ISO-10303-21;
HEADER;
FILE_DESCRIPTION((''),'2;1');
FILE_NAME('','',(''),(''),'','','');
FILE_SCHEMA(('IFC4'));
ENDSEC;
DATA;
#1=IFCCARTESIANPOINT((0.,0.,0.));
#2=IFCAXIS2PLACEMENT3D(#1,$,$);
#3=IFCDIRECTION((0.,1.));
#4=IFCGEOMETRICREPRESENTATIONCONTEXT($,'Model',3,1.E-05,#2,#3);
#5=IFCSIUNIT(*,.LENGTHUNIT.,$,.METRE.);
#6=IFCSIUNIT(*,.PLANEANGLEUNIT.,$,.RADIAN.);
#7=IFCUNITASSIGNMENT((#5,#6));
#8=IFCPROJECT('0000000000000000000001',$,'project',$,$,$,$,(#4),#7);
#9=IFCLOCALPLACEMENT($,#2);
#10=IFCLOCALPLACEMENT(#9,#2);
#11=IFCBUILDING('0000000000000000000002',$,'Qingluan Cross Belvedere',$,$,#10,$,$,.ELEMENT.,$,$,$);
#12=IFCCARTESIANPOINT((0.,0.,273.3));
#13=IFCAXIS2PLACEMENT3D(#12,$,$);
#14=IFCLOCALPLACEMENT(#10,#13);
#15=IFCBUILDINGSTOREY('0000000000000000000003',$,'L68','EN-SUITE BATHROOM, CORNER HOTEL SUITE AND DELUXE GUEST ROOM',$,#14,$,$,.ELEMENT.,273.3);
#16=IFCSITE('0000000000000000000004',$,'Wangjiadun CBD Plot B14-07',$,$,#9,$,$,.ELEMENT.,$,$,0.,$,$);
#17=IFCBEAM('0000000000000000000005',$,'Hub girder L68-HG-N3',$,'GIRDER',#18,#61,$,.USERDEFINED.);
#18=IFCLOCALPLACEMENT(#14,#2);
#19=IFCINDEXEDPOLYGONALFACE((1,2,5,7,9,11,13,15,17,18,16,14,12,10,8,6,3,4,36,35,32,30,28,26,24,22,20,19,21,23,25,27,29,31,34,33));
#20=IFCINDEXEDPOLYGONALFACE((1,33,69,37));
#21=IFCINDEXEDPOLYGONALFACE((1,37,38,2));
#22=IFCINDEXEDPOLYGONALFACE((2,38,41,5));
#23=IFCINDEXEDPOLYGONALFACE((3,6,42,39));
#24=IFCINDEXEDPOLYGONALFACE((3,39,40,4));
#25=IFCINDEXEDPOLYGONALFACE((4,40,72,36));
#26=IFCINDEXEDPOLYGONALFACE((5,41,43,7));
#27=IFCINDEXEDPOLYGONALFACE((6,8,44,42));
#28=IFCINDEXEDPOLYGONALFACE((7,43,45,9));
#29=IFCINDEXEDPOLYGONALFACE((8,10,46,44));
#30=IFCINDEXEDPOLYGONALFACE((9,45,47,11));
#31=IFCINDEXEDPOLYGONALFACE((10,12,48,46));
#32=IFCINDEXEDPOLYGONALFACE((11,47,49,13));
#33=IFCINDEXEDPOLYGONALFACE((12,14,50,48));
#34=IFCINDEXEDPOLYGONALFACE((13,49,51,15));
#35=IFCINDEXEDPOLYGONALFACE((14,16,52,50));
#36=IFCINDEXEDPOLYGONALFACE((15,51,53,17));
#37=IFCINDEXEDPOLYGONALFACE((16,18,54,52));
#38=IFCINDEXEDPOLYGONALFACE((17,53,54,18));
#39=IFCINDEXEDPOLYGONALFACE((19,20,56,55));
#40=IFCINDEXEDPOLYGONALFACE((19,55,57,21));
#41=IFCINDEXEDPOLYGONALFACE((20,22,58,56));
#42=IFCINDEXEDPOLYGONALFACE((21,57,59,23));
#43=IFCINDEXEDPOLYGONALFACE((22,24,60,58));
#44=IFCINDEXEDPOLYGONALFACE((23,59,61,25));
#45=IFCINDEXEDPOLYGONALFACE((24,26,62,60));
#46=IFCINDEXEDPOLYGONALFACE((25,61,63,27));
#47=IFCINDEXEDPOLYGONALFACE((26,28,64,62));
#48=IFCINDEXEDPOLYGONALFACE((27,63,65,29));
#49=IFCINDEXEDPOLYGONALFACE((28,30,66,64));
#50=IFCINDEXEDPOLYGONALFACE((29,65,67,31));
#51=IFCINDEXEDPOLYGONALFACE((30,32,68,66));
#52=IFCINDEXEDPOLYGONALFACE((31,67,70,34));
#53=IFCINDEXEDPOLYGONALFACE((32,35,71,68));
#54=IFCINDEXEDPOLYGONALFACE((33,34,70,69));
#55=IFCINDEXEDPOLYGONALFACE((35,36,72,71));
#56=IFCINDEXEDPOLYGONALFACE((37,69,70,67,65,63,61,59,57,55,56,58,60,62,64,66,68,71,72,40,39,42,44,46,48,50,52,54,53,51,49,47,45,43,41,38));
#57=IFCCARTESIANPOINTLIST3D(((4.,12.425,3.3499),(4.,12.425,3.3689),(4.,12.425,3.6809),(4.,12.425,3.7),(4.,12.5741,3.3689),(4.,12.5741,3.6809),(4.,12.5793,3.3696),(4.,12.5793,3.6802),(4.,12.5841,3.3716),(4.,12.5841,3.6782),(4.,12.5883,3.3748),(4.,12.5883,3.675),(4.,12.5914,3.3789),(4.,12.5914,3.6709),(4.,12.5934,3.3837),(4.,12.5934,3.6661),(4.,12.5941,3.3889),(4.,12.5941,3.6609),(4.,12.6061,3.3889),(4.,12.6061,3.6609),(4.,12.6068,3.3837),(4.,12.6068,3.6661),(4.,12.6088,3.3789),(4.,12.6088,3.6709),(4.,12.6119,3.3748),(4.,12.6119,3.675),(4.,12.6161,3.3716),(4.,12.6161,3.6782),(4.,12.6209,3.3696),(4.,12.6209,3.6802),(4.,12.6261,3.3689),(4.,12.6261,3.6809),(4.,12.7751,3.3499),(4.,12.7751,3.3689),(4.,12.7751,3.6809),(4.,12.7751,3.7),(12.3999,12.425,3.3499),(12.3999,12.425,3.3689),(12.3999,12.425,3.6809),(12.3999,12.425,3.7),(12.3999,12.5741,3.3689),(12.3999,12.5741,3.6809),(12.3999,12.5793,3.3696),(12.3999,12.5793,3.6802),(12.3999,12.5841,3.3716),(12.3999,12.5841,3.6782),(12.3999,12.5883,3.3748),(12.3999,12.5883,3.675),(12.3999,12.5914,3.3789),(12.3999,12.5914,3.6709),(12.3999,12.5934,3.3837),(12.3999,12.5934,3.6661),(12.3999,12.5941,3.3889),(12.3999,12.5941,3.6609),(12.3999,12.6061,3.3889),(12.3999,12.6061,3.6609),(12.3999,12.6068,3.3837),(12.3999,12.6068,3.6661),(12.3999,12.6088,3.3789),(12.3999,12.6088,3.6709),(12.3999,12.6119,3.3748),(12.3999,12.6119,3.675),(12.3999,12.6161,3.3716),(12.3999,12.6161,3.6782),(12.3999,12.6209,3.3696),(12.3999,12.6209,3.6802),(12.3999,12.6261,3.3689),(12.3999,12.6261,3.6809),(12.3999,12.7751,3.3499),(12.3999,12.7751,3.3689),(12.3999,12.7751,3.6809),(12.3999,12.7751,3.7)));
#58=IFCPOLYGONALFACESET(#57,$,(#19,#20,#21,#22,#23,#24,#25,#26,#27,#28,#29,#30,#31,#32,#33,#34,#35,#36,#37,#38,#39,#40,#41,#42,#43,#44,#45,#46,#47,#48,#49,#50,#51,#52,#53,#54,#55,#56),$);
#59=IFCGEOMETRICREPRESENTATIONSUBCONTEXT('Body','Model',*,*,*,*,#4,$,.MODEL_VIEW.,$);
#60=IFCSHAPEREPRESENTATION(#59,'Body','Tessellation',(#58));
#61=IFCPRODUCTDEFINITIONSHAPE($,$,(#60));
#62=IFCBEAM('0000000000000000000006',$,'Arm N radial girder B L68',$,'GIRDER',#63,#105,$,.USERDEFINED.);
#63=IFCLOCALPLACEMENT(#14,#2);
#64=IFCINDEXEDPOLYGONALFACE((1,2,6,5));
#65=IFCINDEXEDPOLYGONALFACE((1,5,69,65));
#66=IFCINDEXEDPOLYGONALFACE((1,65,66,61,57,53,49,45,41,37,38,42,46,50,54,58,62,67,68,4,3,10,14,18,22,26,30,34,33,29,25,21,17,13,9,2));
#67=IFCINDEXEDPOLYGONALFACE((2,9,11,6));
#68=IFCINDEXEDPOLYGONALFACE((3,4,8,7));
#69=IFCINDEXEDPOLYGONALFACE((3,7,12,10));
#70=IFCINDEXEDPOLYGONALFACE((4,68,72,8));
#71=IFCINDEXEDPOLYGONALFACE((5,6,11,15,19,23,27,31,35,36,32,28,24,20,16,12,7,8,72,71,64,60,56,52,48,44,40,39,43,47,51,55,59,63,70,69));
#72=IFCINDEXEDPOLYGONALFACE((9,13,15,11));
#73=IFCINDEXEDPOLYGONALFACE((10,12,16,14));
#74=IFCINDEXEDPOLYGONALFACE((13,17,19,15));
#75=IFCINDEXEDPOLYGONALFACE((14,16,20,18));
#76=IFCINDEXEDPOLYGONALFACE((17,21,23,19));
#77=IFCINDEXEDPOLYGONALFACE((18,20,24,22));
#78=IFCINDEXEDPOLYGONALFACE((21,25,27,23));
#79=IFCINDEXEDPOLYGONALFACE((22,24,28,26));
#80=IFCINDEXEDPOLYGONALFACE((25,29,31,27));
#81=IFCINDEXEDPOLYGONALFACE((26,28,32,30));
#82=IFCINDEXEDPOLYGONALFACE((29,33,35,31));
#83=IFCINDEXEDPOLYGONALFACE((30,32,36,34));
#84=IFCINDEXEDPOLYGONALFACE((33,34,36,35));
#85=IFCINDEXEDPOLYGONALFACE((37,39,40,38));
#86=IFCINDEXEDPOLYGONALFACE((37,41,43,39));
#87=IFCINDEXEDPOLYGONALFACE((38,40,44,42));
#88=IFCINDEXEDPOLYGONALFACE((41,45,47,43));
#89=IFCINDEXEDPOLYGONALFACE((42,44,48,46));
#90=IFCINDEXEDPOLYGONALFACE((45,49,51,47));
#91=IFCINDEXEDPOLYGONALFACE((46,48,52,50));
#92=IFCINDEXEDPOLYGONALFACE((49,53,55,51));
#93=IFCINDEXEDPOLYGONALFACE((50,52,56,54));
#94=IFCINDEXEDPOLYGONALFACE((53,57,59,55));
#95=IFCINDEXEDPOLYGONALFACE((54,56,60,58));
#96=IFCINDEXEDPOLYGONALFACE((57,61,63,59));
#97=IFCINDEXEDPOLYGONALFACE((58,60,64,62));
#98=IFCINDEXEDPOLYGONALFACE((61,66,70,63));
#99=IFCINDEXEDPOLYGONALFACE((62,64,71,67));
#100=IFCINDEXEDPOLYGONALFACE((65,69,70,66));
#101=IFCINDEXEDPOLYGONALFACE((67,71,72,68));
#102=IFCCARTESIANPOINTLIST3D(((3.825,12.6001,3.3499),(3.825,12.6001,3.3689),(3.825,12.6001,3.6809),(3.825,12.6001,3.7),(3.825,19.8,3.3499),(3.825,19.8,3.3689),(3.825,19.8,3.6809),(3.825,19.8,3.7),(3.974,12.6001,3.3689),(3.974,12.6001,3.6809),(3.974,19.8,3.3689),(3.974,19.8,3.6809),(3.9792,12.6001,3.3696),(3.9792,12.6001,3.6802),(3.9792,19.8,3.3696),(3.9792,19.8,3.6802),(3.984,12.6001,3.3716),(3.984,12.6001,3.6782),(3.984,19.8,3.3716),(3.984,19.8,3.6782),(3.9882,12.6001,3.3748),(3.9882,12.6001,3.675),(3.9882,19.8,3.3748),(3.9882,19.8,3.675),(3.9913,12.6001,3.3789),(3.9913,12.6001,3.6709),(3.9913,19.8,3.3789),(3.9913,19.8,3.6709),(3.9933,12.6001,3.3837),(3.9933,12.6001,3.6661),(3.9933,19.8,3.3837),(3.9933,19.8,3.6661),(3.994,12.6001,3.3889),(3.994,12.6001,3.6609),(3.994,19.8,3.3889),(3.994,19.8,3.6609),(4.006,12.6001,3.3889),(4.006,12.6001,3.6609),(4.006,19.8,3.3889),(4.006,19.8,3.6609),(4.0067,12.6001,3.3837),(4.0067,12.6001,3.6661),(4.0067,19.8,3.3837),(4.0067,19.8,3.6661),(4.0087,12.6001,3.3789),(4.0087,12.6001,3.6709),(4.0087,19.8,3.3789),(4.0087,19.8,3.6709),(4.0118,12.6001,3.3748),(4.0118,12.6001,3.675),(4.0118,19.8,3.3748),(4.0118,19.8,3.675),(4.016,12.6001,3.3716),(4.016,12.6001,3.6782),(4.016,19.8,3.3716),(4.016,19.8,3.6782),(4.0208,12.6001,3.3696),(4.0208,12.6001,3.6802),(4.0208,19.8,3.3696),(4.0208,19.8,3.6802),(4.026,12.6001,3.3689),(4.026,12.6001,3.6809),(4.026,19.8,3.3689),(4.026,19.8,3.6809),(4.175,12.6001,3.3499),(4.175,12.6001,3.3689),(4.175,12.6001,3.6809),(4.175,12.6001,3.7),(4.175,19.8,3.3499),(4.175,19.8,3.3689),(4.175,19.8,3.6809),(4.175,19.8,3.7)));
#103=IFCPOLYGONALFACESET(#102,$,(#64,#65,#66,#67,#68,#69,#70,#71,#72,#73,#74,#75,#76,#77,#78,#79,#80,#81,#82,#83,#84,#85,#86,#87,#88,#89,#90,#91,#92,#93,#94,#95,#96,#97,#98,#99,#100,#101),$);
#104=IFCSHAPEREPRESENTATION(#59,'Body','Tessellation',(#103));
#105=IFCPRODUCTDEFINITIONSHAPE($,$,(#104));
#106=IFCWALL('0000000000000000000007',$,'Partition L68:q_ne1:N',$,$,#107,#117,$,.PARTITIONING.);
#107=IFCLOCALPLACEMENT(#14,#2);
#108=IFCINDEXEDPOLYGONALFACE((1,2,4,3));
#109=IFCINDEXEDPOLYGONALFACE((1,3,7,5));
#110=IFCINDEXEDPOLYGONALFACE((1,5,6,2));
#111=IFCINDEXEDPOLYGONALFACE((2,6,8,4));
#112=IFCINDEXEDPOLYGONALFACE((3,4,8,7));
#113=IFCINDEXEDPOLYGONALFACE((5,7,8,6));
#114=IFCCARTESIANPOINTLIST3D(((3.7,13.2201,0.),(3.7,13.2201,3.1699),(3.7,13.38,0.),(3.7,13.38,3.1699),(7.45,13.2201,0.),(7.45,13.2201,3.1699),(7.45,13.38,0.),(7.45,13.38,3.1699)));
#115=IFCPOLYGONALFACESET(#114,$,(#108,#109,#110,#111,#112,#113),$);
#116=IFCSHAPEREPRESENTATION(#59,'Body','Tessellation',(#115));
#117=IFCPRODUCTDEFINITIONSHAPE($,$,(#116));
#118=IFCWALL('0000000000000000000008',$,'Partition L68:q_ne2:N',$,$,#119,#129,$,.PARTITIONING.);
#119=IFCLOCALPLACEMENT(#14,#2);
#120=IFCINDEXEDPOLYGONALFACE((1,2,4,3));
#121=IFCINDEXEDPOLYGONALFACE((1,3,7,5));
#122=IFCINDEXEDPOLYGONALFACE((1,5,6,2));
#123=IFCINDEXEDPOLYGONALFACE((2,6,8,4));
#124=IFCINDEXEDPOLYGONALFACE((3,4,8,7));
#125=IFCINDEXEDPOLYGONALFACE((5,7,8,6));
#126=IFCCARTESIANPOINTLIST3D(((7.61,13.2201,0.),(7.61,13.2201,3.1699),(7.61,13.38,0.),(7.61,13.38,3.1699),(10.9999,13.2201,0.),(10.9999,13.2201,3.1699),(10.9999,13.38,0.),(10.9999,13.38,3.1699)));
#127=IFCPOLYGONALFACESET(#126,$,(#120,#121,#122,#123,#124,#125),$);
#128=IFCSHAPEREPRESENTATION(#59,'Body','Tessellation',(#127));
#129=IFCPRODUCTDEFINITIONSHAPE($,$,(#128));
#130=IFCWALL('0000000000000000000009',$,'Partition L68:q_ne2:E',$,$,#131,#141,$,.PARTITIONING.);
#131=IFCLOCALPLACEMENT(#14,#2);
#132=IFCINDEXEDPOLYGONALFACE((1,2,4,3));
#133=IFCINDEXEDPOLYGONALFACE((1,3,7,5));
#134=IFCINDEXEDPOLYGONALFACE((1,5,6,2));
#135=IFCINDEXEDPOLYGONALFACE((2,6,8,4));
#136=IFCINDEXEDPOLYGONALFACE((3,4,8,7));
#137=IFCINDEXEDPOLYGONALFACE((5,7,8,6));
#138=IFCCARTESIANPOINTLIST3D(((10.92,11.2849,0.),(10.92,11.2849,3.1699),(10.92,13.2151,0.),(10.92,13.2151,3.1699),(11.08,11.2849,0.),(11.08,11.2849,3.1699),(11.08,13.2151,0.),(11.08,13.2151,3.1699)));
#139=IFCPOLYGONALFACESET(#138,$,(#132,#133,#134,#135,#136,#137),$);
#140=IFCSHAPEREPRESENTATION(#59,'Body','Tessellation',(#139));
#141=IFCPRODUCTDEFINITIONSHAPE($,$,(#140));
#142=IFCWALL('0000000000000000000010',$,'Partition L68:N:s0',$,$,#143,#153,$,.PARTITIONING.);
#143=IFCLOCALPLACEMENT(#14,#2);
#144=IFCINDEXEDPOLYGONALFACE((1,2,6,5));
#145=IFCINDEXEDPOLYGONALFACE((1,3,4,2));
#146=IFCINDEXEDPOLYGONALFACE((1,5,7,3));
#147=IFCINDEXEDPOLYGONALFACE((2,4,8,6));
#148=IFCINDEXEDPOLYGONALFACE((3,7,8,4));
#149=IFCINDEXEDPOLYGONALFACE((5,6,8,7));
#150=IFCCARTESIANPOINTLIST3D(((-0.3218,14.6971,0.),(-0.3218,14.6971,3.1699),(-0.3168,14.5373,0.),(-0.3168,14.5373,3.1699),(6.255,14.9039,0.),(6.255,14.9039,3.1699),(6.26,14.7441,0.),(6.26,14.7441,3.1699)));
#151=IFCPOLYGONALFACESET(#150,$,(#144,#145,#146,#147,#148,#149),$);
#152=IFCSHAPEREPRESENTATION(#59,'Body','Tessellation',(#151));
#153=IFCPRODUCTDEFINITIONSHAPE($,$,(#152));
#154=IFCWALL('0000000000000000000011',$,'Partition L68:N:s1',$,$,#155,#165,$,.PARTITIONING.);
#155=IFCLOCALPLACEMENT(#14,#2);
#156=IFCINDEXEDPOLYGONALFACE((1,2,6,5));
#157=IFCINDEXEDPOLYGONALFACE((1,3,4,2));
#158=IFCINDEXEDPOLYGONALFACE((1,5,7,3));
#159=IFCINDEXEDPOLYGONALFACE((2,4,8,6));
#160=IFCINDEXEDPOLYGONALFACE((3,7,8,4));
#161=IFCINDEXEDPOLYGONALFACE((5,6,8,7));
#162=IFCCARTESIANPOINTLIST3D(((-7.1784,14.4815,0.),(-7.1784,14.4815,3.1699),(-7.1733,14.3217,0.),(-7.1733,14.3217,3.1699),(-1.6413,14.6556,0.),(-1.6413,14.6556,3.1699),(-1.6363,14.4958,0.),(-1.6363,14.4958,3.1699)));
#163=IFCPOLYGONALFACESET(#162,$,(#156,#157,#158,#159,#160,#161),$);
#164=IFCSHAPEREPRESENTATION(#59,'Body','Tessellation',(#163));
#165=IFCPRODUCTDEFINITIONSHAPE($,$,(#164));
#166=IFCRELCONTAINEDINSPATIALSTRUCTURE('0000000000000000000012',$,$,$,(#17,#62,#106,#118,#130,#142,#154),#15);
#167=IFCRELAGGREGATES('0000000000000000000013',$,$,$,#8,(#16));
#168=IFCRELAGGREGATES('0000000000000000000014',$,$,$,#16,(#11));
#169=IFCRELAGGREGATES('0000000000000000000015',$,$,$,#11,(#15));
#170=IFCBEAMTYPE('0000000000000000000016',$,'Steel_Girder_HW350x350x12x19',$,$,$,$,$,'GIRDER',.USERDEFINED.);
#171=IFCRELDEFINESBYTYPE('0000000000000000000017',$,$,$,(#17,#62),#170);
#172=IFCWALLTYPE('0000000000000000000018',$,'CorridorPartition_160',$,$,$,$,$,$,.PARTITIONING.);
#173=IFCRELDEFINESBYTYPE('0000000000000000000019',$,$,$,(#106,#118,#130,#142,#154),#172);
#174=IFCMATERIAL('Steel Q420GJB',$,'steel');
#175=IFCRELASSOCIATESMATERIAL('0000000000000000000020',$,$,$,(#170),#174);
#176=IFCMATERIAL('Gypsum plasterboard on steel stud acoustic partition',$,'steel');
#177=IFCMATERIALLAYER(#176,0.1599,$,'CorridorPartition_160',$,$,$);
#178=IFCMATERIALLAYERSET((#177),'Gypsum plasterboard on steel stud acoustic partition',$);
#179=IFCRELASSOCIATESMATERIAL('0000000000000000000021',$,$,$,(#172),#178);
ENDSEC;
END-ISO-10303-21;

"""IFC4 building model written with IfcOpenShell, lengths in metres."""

from ifc_helpers import new_model, si_unit, direction, frame, frame_2d, origin, origin_2d, place, context, subcontext, project, spatial, rectangle, i_section, extrude, material, layer, layer_set, material_profile, profile_set, type_object, element, save


model = new_model("IFC4")

# Units and contexts
model_context = context("Model", 3, precision=1e-05, world=origin(), true_north=direction((0.0, 1.0)))
body_context = subcontext(model_context, "Body", "Model", "MODEL_VIEW")
ifc_project = project(units=[si_unit("LENGTHUNIT", "METRE"), si_unit("PLANEANGLEUNIT", "RADIAN")], contexts=[model_context])

# Site, building, storey
site_placement = place(None, origin())
site = spatial("IfcSite", under=ifc_project, at=site_placement, Name="Wangjiadun CBD Plot B14-07", CompositionType="ELEMENT", RefElevation=0.0)
building_placement = place(site_placement, origin())
building = spatial("IfcBuilding", under=site, at=building_placement, Name="Qingluan Cross Belvedere", CompositionType="ELEMENT")
storey_placement = place(building_placement, frame((0.0, 0.0, 273.3)))
storey = spatial("IfcBuildingStorey", under=building, at=storey_placement, Name="L68", Description="EN-SUITE BATHROOM, CORNER HOTEL SUITE AND DELUXE GUEST ROOM", CompositionType="ELEMENT", Elevation=273.3)

# Beams
ifc_material_1 = material(Name="Steel Q420GJB", Category="steel")
ifc_material_profile_1 = material_profile(ifc_material_1, i_section(OverallWidth=0.3501, OverallDepth=0.3501, WebThickness=0.012, FlangeThickness=0.019, FilletRadius=0.02, at=origin_2d()), Name="HW350x350x12x19")
ifc_profile_set_1 = profile_set([ifc_material_profile_1], Name="Steel Q420GJB")
beam_type_1 = type_object("IfcBeamType", Name="Steel_Girder_HW350x350x12x19", ElementType="GIRDER", PredefinedType="USERDEFINED", material=ifc_profile_set_1)
beam_1_placement = place(storey_placement, frame((4.0, 12.6001, 3.5249), z_axis=(1.0, 0.0, 0.0), x_axis=(0.0, 1.0, 0.0)))
element("IfcBeam", 1, at=beam_1_placement, inside=storey, type_object=beam_type_1, Name="Hub girder L68-HG-N3", ObjectType="GIRDER", PredefinedType="USERDEFINED", context=body_context, shape_type="SweptSolid", body=[
    extrude(i_section(OverallWidth=0.3501, OverallDepth=0.3501, WebThickness=0.012, FlangeThickness=0.019, FilletRadius=0.02, at=origin_2d()), origin(), (0.0, 0.0, 1.0), 8.3999),
])
beam_2_placement = place(storey_placement, frame((4.0, 12.6001, 3.5249), z_axis=(0.0, 1.0, 0.0), x_axis=(-1.0, 0.0, 0.0)))
element("IfcBeam", 2, at=beam_2_placement, inside=storey, type_object=beam_type_1, Name="Arm N radial girder B L68", ObjectType="GIRDER", PredefinedType="USERDEFINED", context=body_context, shape_type="SweptSolid", body=[
    extrude(i_section(OverallWidth=0.3501, OverallDepth=0.3501, WebThickness=0.012, FlangeThickness=0.019, FilletRadius=0.02, at=origin_2d()), origin(), (0.0, 0.0, 1.0), 7.2),
])

# Walls
ifc_material_2 = material(Name="Gypsum plasterboard on steel stud acoustic partition", Category="steel")
ifc_layer_1 = layer(ifc_material_2, 0.1599, Name="CorridorPartition_160")
ifc_layer_set_1 = layer_set([ifc_layer_1], Name="Gypsum plasterboard on steel stud acoustic partition")
wall_type_1 = type_object("IfcWallType", Name="CorridorPartition_160", PredefinedType="PARTITIONING", material=ifc_layer_set_1)
wall_1_placement = place(storey_placement, frame((3.7, 13.3, 0.0), z_axis=(0.0, 0.0, 1.0), x_axis=(1.0, 0.0, 0.0)))
element("IfcWall", 3, at=wall_1_placement, inside=storey, type_object=wall_type_1, Name="Partition L68:q_ne1:N", PredefinedType="PARTITIONING", context=body_context, shape_type="SweptSolid", body=[
    extrude(rectangle(XDim=3.75, YDim=0.1599, at=frame_2d((1.875, 0.0))), origin(), (0.0, 0.0, 1.0), 3.1699),
])
wall_2_placement = place(storey_placement, frame((7.6101, 13.3, 0.0), z_axis=(0.0, 0.0, 1.0), x_axis=(1.0, 0.0, 0.0)))
element("IfcWall", 4, at=wall_2_placement, inside=storey, type_object=wall_type_1, Name="Partition L68:q_ne2:N", PredefinedType="PARTITIONING", context=body_context, shape_type="SweptSolid", body=[
    extrude(rectangle(XDim=3.3899, YDim=0.1599, at=frame_2d((1.6948, 0.0))), origin(), (0.0, 0.0, 1.0), 3.1699),
])
wall_3_placement = place(storey_placement, frame((11.0, 11.2849, 0.0), z_axis=(0.0, 0.0, 1.0), x_axis=(0.0, 1.0, 0.0)))
element("IfcWall", 5, at=wall_3_placement, inside=storey, type_object=wall_type_1, Name="Partition L68:q_ne2:E", PredefinedType="PARTITIONING", context=body_context, shape_type="SweptSolid", body=[
    extrude(rectangle(XDim=1.9302, YDim=0.1599, at=frame_2d((0.9651, 0.0))), origin(), (0.0, 0.0, 1.0), 3.1699),
])

# Wall
wall_4_placement = place(storey_placement, frame((-0.3193, 14.6172, 0.0), z_axis=(0.0, 0.0, 1.0), x_axis=(0.999506, 0.031426, 0.0)))
element("IfcWall", 6, at=wall_4_placement, inside=storey, type_object=wall_type_1, Name="Partition L68:N:s0", PredefinedType="PARTITIONING", context=body_context, shape_type="SweptSolid", body=[
    extrude(rectangle(XDim=6.5801, YDim=0.1599, at=frame_2d((3.29, 0.0))), origin(), (0.0, 0.0, 1.0), 3.1699),
])

# Wall
wall_5_placement = place(storey_placement, frame((-1.6387, 14.5757, 0.0), z_axis=(0.0, 0.0, 1.0), x_axis=(-0.999506, -0.031422, 0.0)))
element("IfcWall", 7, at=wall_5_placement, inside=storey, type_object=wall_type_1, Name="Partition L68:N:s1", PredefinedType="PARTITIONING", context=body_context, shape_type="SweptSolid", body=[
    extrude(rectangle(XDim=5.5398, YDim=0.1599, at=frame_2d((2.77, 0.0))), origin(), (0.0, 0.0, 1.0), 3.1699),
])

save(model, "model.ifc")
